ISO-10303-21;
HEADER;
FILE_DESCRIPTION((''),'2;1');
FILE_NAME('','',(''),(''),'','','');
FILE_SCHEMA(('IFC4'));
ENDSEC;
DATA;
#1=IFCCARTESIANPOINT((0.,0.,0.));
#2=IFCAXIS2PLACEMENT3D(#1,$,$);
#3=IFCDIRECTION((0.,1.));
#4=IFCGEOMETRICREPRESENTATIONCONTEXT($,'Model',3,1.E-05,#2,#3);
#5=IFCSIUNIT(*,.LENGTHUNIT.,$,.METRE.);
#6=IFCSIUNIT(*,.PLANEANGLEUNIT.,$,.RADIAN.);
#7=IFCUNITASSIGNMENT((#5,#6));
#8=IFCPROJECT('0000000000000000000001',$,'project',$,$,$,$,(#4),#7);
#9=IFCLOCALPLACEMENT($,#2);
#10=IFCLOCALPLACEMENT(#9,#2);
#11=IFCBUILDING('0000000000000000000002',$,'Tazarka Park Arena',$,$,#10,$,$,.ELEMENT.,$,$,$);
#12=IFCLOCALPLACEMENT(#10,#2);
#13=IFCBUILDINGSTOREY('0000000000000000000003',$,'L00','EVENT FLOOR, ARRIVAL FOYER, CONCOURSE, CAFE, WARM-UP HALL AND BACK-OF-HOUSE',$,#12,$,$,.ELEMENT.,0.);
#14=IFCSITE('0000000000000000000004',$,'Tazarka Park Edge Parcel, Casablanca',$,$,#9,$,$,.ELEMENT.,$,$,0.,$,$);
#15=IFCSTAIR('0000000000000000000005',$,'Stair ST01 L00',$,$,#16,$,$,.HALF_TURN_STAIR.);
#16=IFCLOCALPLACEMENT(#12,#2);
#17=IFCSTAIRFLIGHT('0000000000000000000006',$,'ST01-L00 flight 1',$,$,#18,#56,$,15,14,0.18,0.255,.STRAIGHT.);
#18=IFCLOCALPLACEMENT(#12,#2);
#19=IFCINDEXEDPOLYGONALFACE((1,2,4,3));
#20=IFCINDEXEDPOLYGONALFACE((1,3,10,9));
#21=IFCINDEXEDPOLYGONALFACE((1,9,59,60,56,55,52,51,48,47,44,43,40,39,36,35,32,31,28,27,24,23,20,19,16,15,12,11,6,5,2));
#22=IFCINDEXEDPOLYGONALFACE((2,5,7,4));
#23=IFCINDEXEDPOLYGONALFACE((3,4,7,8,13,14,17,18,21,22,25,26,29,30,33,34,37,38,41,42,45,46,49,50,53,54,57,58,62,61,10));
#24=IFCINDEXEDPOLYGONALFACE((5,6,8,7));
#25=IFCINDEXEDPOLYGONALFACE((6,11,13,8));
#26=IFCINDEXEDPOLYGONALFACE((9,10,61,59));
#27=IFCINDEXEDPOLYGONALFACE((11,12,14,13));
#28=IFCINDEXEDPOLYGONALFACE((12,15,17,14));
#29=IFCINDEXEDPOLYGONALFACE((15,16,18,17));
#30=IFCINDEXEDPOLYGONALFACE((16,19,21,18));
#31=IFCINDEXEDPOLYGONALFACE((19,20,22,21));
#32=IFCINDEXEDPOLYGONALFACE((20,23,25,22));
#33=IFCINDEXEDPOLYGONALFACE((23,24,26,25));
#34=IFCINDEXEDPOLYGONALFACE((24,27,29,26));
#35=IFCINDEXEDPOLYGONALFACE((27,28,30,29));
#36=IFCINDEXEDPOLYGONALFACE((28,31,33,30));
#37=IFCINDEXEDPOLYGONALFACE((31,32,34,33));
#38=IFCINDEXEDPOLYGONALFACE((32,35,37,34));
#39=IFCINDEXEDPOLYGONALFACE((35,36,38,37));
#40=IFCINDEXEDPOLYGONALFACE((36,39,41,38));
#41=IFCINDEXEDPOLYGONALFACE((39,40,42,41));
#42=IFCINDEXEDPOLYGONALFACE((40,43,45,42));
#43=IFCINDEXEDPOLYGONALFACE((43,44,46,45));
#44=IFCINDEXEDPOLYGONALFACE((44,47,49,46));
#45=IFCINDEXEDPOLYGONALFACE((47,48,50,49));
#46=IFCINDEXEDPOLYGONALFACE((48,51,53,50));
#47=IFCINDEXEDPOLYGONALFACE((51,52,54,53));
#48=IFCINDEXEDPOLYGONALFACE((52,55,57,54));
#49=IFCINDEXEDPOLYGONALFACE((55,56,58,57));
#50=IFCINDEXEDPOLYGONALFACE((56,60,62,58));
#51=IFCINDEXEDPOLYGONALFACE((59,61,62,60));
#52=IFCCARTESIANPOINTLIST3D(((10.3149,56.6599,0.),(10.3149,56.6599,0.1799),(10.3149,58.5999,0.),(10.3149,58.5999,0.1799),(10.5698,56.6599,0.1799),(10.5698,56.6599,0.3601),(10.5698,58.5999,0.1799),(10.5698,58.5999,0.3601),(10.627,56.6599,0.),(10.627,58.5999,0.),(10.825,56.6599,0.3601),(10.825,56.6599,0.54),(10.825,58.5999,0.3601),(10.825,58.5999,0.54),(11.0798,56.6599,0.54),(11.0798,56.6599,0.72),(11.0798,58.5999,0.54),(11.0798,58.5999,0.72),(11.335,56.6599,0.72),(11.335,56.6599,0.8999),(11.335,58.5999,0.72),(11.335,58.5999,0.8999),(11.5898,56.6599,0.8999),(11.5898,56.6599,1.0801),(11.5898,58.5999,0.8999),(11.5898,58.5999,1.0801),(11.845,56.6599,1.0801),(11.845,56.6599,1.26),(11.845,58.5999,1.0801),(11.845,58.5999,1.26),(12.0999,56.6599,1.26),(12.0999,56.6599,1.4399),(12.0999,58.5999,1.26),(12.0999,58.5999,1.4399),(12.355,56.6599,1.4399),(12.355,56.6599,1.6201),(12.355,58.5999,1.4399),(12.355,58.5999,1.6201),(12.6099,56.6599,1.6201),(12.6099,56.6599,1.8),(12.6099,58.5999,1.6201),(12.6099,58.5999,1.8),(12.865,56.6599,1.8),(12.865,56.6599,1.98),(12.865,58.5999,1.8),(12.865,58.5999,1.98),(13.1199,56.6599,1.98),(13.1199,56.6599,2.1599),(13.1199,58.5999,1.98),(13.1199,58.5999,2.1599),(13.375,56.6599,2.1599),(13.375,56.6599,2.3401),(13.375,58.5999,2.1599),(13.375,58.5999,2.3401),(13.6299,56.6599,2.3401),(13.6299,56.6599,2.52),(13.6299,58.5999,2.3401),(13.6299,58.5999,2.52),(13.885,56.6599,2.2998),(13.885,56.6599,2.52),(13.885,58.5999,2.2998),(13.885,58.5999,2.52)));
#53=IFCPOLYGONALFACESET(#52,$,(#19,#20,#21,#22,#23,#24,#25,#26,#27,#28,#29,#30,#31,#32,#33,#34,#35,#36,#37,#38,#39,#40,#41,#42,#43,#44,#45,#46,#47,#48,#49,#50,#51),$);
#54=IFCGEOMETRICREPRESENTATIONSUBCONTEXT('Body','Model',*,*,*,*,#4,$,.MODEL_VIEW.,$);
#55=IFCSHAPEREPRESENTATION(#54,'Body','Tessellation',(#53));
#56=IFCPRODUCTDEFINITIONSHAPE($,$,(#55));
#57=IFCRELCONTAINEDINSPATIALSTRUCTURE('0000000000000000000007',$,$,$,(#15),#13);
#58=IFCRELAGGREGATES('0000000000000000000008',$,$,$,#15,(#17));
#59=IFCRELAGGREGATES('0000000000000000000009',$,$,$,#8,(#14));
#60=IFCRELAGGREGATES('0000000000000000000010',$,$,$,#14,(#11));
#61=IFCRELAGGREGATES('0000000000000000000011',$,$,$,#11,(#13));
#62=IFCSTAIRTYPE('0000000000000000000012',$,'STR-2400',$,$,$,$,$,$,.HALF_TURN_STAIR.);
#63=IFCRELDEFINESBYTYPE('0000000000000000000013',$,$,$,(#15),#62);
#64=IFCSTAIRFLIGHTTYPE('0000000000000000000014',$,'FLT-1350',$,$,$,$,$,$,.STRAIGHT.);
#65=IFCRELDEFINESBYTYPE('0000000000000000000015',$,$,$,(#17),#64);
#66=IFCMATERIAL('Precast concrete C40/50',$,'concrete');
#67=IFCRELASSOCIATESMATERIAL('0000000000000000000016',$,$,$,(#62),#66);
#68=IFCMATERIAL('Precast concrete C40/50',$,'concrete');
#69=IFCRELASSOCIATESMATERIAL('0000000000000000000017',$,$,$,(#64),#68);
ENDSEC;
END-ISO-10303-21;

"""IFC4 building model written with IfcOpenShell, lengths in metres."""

from ifc_helpers import new_model, si_unit, direction, frame, origin, place, context, subcontext, project, spatial, polyline, outline, extrude, material, type_object, element, aggregate, save


model = new_model("IFC4")

# Units and contexts
model_context = context("Model", 3, precision=1e-05, world=origin(), true_north=direction((0.0, 1.0)))
body_context = subcontext(model_context, "Body", "Model", "MODEL_VIEW")
ifc_project = project(units=[si_unit("LENGTHUNIT", "METRE"), si_unit("PLANEANGLEUNIT", "RADIAN")], contexts=[model_context])

# Site, building, storey
site_placement = place(None, origin())
site = spatial("IfcSite", under=ifc_project, at=site_placement, Name="Tazarka Park Edge Parcel, Casablanca", CompositionType="ELEMENT", RefElevation=0.0)
building_placement = place(site_placement, origin())
building = spatial("IfcBuilding", under=site, at=building_placement, Name="Tazarka Park Arena", CompositionType="ELEMENT")
storey_placement = place(building_placement, origin())
storey = spatial("IfcBuildingStorey", under=building, at=storey_placement, Name="L00", Description="EVENT FLOOR, ARRIVAL FOYER, CONCOURSE, CAFE, WARM-UP HALL AND BACK-OF-HOUSE", CompositionType="ELEMENT", Elevation=0.0)

# Stair, stair flight
ifc_material_1 = material(Name="Precast concrete C40/50", Category="concrete")
stair_type = type_object("IfcStairType", Name="STR-2400", PredefinedType="HALF_TURN_STAIR", material=ifc_material_1)
stair_placement = place(storey_placement, origin())
stair = element("IfcStair", 1, at=stair_placement, inside=storey, type_object=stair_type, Name="Stair ST01 L00", PredefinedType="HALF_TURN_STAIR")
ifc_material_2 = material(Name="Precast concrete C40/50", Category="concrete")
stair_flight_type = type_object("IfcStairFlightType", Name="FLT-1350", PredefinedType="STRAIGHT", material=ifc_material_2)
stair_flight_placement = place(storey_placement, frame((10.3149, 57.6299, 0.0), z_axis=(0.0, 0.0, 1.0), x_axis=(1.0, 0.0, 0.0)))
stair_flight = element("IfcStairFlight", 2, at=stair_flight_placement, type_object=stair_flight_type, Name="ST01-L00 flight 1", NumberOfRisers=15, NumberOfTreads=14, PredefinedType="STRAIGHT", RiserHeight=0.18, TreadLength=0.255, context=body_context, shape_type="SweptSolid", body=[
    extrude(outline(polyline([(0.0, 0.0), (0.0, 0.1799), (0.2549, 0.1799), (0.2549, 0.3601), (0.51, 0.3601), (0.51, 0.54), (0.7649, 0.54), (0.7649, 0.72), (1.02, 0.72), (1.02, 0.8999), (1.2749, 0.8999), (1.2749, 1.0801), (1.53, 1.0801), (1.53, 1.26), (1.7849, 1.26), (1.7849, 1.4399), (2.04, 1.4399), (2.04, 1.6201), (2.2949, 1.6201), (2.2949, 1.8), (2.55, 1.8), (2.55, 1.98), (2.8049, 1.98), (2.8049, 2.1599), (3.0601, 2.1599), (3.0601, 2.3401), (3.3149, 2.3401), (3.3149, 2.52), (3.5701, 2.52), (3.5701, 2.7), (3.5701, 2.2998), (0.312, 0.0), (0.0, 0.0)])), frame((0.0, 0.97, 0.0), z_axis=(0.0, -1.0, 0.0), x_axis=(1.0, 0.0, 0.0)), (0.0, 0.0, 1.0), 1.9399),
])
aggregate(stair, [stair_flight])

save(model, "model.ifc")
